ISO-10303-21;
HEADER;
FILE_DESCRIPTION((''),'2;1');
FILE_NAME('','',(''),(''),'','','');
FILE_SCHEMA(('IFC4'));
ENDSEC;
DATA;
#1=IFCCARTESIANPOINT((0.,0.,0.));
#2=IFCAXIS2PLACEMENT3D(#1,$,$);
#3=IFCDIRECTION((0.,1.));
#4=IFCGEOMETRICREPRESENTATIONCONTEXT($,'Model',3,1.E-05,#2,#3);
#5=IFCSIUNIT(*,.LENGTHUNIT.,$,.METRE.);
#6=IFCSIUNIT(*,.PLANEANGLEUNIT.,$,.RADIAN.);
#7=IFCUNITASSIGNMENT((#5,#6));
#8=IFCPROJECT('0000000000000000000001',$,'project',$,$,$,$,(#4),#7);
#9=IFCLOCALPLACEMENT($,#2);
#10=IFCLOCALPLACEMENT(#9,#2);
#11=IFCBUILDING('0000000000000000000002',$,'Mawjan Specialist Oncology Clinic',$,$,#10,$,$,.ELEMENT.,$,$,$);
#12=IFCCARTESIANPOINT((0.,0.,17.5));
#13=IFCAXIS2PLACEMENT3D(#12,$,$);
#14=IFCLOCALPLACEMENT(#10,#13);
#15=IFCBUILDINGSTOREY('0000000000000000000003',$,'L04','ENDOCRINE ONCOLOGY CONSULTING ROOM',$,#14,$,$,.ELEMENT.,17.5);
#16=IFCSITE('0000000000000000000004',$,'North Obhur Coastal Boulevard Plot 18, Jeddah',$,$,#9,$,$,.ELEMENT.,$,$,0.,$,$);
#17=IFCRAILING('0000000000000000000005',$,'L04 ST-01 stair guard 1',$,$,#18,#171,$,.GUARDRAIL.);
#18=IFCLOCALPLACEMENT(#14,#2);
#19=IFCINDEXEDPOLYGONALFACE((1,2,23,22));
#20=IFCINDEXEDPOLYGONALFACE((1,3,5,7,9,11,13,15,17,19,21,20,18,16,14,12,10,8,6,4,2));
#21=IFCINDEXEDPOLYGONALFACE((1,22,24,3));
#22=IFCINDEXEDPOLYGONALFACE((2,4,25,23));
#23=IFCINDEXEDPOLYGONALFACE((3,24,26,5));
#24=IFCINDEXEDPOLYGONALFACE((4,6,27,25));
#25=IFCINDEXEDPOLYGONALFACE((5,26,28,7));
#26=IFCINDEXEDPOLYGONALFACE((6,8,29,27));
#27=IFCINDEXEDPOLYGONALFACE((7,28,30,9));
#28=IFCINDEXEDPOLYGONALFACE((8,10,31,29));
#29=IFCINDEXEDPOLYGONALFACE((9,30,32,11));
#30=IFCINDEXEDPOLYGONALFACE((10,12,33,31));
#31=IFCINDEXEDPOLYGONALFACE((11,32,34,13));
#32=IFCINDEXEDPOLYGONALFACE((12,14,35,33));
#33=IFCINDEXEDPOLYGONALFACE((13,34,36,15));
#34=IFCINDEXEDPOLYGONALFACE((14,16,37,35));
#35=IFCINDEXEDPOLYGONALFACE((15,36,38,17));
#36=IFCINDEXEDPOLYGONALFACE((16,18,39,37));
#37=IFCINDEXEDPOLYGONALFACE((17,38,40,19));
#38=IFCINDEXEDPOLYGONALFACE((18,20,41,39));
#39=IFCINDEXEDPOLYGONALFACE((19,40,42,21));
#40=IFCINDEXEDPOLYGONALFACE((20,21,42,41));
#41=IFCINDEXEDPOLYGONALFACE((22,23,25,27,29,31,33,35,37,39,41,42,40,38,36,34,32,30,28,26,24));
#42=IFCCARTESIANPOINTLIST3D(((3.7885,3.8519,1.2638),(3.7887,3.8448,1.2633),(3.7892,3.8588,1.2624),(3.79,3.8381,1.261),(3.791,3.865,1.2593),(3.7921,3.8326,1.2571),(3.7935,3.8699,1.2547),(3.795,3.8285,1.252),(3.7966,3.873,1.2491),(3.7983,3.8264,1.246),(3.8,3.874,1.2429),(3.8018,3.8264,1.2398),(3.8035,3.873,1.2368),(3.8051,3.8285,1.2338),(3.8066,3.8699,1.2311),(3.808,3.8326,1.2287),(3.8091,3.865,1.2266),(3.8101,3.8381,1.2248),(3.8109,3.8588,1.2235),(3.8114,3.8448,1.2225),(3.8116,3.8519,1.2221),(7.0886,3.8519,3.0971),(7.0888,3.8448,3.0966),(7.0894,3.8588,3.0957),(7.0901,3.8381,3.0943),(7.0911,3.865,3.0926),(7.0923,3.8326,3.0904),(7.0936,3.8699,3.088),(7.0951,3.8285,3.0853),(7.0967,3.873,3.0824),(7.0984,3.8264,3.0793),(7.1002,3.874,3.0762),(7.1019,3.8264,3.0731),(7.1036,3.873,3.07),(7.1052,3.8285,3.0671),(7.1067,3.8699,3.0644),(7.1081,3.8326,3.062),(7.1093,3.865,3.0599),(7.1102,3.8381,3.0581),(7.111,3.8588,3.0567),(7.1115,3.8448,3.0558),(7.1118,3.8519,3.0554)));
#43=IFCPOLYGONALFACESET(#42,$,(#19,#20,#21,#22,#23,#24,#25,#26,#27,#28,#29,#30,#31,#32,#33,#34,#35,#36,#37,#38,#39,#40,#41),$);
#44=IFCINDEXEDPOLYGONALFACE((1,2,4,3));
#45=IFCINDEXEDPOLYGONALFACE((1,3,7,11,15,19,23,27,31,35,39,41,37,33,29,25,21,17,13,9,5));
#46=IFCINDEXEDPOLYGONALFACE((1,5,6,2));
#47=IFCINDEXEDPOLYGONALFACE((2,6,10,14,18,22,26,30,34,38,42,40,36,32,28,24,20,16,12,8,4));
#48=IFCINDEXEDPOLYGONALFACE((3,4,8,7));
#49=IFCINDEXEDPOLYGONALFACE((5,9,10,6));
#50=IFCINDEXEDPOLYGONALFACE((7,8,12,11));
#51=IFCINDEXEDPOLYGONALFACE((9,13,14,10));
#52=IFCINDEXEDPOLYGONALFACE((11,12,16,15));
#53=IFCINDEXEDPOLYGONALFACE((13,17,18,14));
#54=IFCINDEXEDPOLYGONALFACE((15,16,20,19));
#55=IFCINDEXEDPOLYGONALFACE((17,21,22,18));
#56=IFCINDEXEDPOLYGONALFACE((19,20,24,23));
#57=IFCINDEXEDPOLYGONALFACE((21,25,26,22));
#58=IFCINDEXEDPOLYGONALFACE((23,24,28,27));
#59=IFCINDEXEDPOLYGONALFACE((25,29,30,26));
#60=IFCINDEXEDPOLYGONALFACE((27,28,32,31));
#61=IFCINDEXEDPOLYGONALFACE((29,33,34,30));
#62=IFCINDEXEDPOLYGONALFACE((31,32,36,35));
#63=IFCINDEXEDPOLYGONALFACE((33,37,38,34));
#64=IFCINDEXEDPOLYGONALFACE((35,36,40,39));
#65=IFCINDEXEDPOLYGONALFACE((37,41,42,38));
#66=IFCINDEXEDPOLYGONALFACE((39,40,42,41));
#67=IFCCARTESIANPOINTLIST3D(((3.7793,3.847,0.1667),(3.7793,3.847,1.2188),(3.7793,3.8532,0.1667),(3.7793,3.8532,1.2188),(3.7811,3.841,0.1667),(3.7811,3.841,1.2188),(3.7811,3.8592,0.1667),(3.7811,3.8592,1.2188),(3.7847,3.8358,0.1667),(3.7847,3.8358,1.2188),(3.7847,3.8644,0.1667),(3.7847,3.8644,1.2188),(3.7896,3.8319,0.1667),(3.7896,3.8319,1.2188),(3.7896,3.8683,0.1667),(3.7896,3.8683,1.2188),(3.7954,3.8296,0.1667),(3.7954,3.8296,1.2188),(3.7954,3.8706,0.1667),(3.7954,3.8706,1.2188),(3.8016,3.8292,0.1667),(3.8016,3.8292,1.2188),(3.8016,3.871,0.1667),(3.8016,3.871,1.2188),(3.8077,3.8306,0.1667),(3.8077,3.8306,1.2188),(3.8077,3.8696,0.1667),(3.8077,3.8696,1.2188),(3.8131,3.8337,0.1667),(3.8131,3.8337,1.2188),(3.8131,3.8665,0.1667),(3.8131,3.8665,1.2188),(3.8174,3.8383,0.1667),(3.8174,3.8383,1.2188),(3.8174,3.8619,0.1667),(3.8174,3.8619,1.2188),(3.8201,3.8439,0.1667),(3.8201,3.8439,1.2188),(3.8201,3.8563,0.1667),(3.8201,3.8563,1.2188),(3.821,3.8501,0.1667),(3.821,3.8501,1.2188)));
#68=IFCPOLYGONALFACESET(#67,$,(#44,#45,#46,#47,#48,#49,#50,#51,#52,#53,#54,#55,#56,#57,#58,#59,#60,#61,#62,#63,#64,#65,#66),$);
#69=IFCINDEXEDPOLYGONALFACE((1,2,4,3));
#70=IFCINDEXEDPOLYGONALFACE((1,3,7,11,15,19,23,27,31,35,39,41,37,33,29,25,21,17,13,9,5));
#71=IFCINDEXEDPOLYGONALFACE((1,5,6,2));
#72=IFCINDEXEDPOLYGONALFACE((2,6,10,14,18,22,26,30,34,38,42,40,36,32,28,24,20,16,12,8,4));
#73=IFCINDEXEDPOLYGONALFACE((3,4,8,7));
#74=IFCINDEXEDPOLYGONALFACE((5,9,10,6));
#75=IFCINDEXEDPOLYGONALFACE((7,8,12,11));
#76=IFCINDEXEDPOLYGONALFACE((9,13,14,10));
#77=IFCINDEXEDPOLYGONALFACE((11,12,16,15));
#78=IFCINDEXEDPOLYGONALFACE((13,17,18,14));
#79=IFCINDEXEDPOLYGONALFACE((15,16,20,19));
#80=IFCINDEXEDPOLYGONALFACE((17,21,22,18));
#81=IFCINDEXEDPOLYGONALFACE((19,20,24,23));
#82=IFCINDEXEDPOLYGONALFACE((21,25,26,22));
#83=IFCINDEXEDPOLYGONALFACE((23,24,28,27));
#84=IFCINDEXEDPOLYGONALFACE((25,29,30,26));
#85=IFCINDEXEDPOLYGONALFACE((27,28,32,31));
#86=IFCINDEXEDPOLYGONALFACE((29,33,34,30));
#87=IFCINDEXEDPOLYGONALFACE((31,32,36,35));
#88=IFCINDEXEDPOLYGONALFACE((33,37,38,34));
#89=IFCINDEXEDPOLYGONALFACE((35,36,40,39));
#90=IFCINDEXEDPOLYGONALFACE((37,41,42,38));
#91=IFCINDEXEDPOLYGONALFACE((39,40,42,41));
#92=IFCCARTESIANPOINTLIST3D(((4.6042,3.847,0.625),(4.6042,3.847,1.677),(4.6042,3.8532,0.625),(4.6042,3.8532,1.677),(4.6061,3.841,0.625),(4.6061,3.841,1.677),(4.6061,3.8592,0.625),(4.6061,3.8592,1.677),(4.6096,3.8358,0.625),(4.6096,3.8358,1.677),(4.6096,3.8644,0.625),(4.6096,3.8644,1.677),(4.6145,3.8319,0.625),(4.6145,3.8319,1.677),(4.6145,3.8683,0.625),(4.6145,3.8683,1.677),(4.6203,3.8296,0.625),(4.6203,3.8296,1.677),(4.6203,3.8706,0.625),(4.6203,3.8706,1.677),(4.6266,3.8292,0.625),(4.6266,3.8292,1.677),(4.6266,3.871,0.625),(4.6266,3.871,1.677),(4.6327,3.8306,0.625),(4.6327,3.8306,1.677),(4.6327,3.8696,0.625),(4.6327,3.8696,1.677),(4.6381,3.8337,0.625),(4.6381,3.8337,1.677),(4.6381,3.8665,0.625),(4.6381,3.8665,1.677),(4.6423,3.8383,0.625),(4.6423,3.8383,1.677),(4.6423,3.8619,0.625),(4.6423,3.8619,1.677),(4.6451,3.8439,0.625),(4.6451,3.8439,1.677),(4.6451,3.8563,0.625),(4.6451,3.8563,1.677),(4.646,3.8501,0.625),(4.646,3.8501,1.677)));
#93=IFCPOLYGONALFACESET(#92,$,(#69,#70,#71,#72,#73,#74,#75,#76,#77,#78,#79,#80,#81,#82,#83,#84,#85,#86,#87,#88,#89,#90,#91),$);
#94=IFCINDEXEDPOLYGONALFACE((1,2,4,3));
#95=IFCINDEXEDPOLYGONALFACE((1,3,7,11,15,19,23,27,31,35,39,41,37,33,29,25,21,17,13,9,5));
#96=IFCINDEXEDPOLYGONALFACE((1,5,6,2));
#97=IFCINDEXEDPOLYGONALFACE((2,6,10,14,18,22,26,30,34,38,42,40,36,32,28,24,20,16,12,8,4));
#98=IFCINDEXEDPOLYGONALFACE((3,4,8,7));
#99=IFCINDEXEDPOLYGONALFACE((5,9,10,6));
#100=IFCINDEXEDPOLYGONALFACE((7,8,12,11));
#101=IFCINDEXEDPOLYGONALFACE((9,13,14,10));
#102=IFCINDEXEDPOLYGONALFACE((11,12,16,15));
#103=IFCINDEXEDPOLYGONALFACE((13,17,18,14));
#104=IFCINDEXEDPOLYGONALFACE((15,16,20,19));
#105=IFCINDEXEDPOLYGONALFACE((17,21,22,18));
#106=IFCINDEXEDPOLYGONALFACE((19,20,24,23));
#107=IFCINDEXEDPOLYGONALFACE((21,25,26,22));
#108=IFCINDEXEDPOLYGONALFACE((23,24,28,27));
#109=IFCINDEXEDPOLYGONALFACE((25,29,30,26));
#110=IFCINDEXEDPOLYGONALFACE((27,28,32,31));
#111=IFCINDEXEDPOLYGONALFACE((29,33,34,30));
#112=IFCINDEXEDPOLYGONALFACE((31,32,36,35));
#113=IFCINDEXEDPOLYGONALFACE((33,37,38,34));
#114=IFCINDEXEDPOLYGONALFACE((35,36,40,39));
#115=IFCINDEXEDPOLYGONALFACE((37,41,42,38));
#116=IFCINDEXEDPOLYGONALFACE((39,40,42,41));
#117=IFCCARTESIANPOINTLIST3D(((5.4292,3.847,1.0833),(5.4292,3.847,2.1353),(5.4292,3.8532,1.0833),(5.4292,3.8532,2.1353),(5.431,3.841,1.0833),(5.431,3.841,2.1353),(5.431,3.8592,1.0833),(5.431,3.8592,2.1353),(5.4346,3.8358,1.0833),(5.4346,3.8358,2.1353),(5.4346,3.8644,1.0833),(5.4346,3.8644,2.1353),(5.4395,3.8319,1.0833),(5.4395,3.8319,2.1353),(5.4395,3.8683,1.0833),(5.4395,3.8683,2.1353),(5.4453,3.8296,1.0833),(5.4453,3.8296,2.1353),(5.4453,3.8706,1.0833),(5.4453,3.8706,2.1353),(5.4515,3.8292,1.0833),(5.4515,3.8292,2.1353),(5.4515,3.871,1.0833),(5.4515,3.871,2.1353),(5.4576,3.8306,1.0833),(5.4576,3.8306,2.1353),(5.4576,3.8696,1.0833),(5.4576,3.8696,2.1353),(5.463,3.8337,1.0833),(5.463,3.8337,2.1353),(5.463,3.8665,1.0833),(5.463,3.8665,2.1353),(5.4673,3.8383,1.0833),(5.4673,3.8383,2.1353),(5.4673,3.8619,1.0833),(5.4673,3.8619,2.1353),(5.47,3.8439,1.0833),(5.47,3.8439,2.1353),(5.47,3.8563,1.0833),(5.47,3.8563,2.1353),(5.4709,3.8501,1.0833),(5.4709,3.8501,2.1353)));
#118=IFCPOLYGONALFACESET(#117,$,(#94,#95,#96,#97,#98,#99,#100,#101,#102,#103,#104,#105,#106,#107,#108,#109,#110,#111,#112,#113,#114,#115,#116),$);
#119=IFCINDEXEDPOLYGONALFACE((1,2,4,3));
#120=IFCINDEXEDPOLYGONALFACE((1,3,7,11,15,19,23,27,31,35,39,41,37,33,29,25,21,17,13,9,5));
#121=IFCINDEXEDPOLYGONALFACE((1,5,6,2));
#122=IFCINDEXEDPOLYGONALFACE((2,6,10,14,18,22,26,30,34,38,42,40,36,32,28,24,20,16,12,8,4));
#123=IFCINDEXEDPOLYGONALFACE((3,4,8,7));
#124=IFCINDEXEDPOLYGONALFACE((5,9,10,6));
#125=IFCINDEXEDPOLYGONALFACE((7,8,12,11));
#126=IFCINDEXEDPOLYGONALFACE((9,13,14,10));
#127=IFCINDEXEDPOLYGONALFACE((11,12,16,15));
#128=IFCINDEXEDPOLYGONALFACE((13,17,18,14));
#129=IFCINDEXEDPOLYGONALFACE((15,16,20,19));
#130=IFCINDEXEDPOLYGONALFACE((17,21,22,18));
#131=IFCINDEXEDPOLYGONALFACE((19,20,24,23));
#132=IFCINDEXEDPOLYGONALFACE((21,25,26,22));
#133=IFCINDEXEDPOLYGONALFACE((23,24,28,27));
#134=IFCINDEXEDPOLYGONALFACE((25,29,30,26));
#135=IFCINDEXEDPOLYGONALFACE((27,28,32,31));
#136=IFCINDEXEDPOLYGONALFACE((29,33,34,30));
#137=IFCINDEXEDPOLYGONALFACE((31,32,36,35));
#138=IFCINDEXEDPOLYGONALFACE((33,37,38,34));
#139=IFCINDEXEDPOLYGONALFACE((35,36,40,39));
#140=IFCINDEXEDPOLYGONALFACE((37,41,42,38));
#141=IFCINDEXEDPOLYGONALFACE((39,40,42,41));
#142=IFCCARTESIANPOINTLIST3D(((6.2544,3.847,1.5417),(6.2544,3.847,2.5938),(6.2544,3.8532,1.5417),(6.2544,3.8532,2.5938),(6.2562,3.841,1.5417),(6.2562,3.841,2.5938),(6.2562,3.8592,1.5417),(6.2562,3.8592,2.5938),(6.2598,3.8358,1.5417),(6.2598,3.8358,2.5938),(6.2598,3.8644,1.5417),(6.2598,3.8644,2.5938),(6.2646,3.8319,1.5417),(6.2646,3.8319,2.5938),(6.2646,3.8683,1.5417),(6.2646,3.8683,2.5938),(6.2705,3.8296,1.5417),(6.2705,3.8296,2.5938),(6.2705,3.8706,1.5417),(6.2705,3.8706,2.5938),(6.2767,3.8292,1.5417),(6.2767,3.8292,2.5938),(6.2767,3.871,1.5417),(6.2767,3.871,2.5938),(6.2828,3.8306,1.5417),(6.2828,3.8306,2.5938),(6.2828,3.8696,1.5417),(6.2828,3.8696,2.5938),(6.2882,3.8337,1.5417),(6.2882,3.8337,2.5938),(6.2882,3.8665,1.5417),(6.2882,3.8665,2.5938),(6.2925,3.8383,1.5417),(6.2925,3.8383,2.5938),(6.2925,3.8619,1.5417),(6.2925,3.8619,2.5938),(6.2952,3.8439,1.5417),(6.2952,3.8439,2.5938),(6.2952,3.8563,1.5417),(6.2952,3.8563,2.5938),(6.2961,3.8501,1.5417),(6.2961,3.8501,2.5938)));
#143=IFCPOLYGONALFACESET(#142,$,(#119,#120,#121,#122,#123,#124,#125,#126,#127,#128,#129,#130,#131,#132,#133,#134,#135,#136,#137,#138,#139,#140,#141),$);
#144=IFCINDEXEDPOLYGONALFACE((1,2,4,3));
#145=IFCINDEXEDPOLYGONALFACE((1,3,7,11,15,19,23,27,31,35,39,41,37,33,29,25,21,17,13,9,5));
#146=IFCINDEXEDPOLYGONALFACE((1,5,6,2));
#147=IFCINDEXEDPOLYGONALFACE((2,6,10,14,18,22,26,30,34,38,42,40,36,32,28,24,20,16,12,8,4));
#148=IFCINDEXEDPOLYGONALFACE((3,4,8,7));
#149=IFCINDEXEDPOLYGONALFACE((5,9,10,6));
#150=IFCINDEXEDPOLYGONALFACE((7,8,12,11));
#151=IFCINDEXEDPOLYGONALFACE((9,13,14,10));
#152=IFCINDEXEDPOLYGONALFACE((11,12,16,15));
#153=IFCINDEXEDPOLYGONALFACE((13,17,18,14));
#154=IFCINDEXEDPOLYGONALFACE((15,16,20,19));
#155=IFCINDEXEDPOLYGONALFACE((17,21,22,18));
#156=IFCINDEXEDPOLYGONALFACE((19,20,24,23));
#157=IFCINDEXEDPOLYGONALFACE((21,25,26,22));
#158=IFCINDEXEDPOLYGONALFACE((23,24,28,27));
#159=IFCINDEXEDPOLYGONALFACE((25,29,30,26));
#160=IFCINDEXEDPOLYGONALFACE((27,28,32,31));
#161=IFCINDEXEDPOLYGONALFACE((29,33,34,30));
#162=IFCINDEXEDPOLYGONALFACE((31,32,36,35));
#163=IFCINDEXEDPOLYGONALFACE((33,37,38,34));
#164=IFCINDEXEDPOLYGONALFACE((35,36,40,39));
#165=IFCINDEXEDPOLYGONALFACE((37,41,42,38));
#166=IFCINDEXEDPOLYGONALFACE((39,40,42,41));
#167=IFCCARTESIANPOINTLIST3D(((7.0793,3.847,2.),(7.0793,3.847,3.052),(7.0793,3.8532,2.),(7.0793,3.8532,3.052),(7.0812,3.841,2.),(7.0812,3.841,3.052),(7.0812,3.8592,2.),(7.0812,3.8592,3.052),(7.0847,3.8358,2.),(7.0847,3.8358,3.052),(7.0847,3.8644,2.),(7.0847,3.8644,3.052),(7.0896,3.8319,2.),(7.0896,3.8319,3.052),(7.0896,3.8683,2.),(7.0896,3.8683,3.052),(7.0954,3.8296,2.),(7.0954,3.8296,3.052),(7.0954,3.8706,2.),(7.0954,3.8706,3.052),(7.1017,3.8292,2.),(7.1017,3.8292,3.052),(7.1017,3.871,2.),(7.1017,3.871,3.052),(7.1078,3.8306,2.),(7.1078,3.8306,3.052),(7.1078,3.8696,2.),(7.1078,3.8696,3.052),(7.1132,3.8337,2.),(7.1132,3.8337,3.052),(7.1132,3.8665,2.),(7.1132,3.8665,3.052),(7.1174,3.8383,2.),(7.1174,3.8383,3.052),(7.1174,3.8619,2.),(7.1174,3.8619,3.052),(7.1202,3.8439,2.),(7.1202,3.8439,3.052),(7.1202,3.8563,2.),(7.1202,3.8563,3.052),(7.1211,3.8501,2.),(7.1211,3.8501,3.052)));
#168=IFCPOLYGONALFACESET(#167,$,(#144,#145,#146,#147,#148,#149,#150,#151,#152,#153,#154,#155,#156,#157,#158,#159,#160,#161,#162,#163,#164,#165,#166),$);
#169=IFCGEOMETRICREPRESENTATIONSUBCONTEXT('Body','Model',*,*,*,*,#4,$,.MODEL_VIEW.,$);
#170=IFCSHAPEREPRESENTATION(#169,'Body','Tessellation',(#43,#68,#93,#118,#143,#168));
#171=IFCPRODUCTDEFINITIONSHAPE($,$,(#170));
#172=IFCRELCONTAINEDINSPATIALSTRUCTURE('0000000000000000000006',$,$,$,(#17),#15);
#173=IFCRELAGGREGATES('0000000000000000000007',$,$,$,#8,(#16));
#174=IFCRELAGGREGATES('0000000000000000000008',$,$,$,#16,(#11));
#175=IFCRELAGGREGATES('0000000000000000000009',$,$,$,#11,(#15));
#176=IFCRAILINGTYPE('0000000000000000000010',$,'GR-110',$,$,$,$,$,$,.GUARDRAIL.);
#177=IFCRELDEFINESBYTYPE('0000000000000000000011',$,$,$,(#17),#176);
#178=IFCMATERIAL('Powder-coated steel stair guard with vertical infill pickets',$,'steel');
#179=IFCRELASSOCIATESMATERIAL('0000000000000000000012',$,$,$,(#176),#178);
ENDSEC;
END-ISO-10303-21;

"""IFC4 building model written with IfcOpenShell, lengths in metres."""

from ifc_helpers import new_model, si_unit, direction, frame, origin, origin_2d, place, context, subcontext, project, spatial, circle, extrude, material, type_object, element, save


model = new_model("IFC4")

# Units and contexts
model_context = context("Model", 3, precision=1e-05, world=origin(), true_north=direction((0.0, 1.0)))
body_context = subcontext(model_context, "Body", "Model", "MODEL_VIEW")
ifc_project = project(units=[si_unit("LENGTHUNIT", "METRE"), si_unit("PLANEANGLEUNIT", "RADIAN")], contexts=[model_context])

# Site, building, storey
site_placement = place(None, origin())
site = spatial("IfcSite", under=ifc_project, at=site_placement, Name="North Obhur Coastal Boulevard Plot 18, Jeddah", CompositionType="ELEMENT", RefElevation=0.0)
building_placement = place(site_placement, origin())
building = spatial("IfcBuilding", under=site, at=building_placement, Name="Mawjan Specialist Oncology Clinic", CompositionType="ELEMENT")
storey_placement = place(building_placement, frame((0.0, 0.0, 17.5)))
storey = spatial("IfcBuildingStorey", under=building, at=storey_placement, Name="L04", Description="ENDOCRINE ONCOLOGY CONSULTING ROOM", CompositionType="ELEMENT", Elevation=17.5)

# Railing
ifc_material_1 = material(Name="Powder-coated steel stair guard with vertical infill pickets", Category="steel")
railing_type_1 = type_object("IfcRailingType", Name="GR-110", PredefinedType="GUARDRAIL", material=ifc_material_1)
railing_1_placement = place(storey_placement, frame((3.8, 3.8501, 0.1667)))
element("IfcRailing", 1, at=railing_1_placement, inside=storey, type_object=railing_type_1, Name="L04 ST-01 stair guard 1", PredefinedType="GUARDRAIL", context=body_context, shape_type="SweptSolid", body=[
    extrude(circle(Radius=0.0239, at=origin_2d()), frame((0.0, 0.0, 1.0762), z_axis=(0.874169, 0.0, 0.485621), x_axis=(0.0, 1.0, 0.0)), (0.0, 0.0, 1.0), 3.7751),
    extrude(circle(Radius=0.021, at=origin_2d()), origin(), (0.0, 0.0, 1.0), 1.052),
    extrude(circle(Radius=0.021, at=origin_2d()), frame((0.825, 0.0, 0.4583)), (0.0, 0.0, 1.0), 1.052),
    extrude(circle(Radius=0.021, at=origin_2d()), frame((1.6499, 0.0, 0.9165)), (0.0, 0.0, 1.0), 1.052),
    extrude(circle(Radius=0.021, at=origin_2d()), frame((2.4751, 0.0, 1.375)), (0.0, 0.0, 1.0), 1.052),
    extrude(circle(Radius=0.021, at=origin_2d()), frame((3.3, 0.0, 1.8333)), (0.0, 0.0, 1.0), 1.052),
])

save(model, "model.ifc")
